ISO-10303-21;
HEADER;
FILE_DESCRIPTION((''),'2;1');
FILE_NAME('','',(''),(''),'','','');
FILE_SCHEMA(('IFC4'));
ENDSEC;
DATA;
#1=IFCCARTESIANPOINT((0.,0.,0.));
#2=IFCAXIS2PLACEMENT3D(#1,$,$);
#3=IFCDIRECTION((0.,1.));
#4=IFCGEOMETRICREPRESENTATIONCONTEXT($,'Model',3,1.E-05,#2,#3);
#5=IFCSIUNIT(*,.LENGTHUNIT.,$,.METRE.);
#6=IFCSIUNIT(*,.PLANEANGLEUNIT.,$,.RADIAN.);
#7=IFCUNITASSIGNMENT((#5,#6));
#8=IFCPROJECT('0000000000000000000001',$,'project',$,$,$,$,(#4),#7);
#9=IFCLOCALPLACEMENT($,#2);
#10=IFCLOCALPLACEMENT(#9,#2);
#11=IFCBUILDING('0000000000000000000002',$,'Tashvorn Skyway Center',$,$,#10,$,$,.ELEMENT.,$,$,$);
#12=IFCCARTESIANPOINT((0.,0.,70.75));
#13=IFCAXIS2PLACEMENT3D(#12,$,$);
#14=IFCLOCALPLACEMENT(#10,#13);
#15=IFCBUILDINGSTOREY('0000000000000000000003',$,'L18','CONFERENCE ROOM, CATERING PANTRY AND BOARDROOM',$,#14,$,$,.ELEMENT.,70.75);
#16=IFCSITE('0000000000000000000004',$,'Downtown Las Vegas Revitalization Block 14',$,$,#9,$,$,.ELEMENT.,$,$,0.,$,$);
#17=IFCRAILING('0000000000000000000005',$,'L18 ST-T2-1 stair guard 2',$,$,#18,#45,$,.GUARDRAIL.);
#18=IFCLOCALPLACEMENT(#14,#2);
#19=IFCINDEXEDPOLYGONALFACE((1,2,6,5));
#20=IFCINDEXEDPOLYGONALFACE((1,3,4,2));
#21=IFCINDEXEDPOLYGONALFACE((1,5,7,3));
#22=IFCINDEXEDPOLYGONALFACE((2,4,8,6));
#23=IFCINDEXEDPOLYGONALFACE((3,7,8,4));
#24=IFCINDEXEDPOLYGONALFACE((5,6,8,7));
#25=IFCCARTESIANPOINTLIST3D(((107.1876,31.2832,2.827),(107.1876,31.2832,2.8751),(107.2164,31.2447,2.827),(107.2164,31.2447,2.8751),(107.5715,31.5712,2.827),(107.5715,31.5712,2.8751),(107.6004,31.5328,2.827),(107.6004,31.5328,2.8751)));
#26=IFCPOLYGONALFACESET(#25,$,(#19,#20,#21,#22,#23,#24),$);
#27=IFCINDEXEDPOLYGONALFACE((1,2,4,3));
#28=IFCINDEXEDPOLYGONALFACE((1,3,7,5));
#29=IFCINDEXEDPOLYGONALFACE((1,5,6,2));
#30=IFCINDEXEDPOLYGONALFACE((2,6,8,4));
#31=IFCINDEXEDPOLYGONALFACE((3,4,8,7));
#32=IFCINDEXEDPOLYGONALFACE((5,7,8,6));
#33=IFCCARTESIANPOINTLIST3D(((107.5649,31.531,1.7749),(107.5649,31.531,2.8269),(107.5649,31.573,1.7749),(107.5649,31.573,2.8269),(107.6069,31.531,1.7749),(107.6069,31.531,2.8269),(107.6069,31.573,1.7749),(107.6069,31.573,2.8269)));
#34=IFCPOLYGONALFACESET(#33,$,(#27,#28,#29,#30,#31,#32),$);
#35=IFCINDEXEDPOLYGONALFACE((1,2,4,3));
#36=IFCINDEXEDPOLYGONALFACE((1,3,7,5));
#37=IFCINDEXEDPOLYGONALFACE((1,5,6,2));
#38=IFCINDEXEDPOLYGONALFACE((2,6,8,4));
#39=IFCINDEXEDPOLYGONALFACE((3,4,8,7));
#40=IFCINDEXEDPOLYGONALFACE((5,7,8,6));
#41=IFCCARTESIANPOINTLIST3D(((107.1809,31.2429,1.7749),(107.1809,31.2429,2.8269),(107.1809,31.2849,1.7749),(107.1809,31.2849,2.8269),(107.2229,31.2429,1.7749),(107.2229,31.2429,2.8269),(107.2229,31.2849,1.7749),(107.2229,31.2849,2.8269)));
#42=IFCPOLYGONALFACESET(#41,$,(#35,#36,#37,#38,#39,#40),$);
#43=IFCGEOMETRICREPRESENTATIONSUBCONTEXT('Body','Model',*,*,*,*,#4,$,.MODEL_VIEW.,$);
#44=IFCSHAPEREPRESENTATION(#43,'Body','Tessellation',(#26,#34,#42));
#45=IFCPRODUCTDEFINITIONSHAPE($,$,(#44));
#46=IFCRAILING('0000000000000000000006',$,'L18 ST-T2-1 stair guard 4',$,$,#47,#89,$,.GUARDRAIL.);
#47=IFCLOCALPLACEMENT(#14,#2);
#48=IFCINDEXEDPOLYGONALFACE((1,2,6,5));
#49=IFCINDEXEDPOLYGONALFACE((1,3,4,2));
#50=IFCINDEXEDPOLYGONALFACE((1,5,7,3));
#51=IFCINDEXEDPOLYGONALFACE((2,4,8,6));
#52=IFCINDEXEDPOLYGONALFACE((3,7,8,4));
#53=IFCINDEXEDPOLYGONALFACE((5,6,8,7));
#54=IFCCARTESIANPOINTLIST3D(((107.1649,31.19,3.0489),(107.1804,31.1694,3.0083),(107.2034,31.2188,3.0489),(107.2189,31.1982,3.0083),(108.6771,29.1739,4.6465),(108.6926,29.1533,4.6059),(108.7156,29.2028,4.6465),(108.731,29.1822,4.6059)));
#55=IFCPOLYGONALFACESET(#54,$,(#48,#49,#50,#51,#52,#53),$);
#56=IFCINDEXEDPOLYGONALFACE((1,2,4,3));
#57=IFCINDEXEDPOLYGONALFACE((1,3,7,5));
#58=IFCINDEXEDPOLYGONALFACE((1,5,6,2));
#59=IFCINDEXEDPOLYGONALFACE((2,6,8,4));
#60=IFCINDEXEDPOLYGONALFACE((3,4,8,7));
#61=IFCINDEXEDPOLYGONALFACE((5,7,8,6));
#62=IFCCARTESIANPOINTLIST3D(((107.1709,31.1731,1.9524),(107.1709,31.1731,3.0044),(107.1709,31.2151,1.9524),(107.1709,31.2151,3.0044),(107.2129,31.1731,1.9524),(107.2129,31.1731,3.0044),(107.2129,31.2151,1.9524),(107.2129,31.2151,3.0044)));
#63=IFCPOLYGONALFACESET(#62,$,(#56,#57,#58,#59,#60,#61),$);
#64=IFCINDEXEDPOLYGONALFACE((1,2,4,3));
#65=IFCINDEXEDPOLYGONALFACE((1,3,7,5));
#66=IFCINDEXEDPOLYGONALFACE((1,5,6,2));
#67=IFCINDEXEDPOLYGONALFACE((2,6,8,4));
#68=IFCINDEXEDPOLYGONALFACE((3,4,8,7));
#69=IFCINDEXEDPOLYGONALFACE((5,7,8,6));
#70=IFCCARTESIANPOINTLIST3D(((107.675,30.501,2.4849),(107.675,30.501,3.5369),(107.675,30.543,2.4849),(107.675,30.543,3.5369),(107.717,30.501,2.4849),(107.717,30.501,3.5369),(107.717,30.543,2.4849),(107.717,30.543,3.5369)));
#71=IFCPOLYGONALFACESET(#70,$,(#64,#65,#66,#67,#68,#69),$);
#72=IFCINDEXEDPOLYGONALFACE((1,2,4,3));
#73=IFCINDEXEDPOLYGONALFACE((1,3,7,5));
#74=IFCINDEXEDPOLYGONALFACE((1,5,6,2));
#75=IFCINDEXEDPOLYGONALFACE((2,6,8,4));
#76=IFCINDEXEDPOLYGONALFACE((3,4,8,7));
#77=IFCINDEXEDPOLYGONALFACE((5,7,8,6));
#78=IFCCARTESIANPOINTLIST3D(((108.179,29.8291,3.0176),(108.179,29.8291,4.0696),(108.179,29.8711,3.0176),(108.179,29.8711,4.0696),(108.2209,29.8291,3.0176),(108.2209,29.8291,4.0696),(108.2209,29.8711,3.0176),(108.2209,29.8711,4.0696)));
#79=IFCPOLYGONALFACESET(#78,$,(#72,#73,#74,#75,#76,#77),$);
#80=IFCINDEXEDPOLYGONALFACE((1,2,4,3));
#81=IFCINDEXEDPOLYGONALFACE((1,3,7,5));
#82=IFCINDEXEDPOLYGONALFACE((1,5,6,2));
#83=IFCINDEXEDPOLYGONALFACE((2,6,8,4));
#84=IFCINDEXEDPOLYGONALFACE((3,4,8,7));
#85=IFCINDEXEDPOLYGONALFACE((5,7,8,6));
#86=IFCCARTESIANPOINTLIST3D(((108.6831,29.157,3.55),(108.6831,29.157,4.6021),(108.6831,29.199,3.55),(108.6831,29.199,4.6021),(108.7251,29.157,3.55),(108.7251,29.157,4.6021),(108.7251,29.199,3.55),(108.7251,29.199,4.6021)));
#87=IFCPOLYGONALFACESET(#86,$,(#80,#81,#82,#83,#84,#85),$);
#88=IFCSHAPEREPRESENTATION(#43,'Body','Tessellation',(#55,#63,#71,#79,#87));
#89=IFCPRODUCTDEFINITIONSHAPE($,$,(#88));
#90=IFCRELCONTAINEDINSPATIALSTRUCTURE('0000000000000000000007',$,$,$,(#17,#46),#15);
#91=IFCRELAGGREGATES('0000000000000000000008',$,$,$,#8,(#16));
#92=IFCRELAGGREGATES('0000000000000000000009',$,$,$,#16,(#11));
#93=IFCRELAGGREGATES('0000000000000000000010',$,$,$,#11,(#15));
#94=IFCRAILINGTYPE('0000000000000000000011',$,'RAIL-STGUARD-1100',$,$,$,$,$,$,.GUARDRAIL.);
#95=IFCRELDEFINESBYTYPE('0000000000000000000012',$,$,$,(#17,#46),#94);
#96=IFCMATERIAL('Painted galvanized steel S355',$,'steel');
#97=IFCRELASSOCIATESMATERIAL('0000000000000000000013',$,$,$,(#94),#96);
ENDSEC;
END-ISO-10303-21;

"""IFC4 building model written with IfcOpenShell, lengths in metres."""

from ifc_helpers import new_model, si_unit, direction, frame, origin, origin_2d, place, context, subcontext, project, spatial, rectangle, extrude, material, type_object, element, save


model = new_model("IFC4")

# Units and contexts
model_context = context("Model", 3, precision=1e-05, world=origin(), true_north=direction((0.0, 1.0)))
body_context = subcontext(model_context, "Body", "Model", "MODEL_VIEW")
ifc_project = project(units=[si_unit("LENGTHUNIT", "METRE"), si_unit("PLANEANGLEUNIT", "RADIAN")], contexts=[model_context])

# Site, building, storey
site_placement = place(None, origin())
site = spatial("IfcSite", under=ifc_project, at=site_placement, Name="Downtown Las Vegas Revitalization Block 14", CompositionType="ELEMENT", RefElevation=0.0)
building_placement = place(site_placement, origin())
building = spatial("IfcBuilding", under=site, at=building_placement, Name="Tashvorn Skyway Center", CompositionType="ELEMENT")
storey_placement = place(building_placement, frame((0.0, 0.0, 70.75)))
storey = spatial("IfcBuildingStorey", under=building, at=storey_placement, Name="L18", Description="CONFERENCE ROOM, CATERING PANTRY AND BOARDROOM", CompositionType="ELEMENT", Elevation=70.75)

# Railings
ifc_material_1 = material(Name="Painted galvanized steel S355", Category="steel")
railing_type = type_object("IfcRailingType", Name="RAIL-STGUARD-1100", PredefinedType="GUARDRAIL", material=ifc_material_1)
railing_1_placement = place(storey_placement, frame((107.5859, 31.552, 1.7749)))
element("IfcRailing", 1, at=railing_1_placement, inside=storey, type_object=railing_type, Name="L18 ST-T2-1 stair guard 2", PredefinedType="GUARDRAIL", context=body_context, shape_type="SweptSolid", body=[
    extrude(rectangle(XDim=0.0481, YDim=0.0481, at=origin_2d()), frame((0.0, 0.0, 1.0762), z_axis=(-0.799939, -0.600081, 0.0), x_axis=(0.600081, -0.799939, 0.0)), (0.0, 0.0, 1.0), 0.48),
    extrude(rectangle(XDim=0.042, YDim=0.042, at=origin_2d()), origin(), (0.0, 0.0, 1.0), 1.052),
    extrude(rectangle(XDim=0.042, YDim=0.042, at=origin_2d()), frame((-0.384, -0.2881, 0.0)), (0.0, 0.0, 1.0), 1.052),
])
railing_2_placement = place(storey_placement, frame((107.1919, 31.1941, 1.9524)))
element("IfcRailing", 2, at=railing_2_placement, inside=storey, type_object=railing_type, Name="L18 ST-T2-1 stair guard 4", PredefinedType="GUARDRAIL", context=body_context, shape_type="SweptSolid", body=[
    extrude(rectangle(XDim=0.0481, YDim=0.0481, at=origin_2d()), frame((0.0, 0.0, 1.0762), z_axis=(0.506779, -0.675651, 0.535416), x_axis=(0.799977, 0.600031, 0.0)), (0.0, 0.0, 1.0), 2.9839),
    extrude(rectangle(XDim=0.042, YDim=0.042, at=origin_2d()), origin(), (0.0, 0.0, 1.0), 1.052),
    extrude(rectangle(XDim=0.042, YDim=0.042, at=origin_2d()), frame((0.5042, -0.6721, 0.5325)), (0.0, 0.0, 1.0), 1.052),
    extrude(rectangle(XDim=0.042, YDim=0.042, at=origin_2d()), frame((1.0081, -1.344, 1.0652)), (0.0, 0.0, 1.0), 1.052),
    extrude(rectangle(XDim=0.042, YDim=0.042, at=origin_2d()), frame((1.5122, -2.0161, 1.5977)), (0.0, 0.0, 1.0), 1.052),
])

save(model, "model.ifc")
